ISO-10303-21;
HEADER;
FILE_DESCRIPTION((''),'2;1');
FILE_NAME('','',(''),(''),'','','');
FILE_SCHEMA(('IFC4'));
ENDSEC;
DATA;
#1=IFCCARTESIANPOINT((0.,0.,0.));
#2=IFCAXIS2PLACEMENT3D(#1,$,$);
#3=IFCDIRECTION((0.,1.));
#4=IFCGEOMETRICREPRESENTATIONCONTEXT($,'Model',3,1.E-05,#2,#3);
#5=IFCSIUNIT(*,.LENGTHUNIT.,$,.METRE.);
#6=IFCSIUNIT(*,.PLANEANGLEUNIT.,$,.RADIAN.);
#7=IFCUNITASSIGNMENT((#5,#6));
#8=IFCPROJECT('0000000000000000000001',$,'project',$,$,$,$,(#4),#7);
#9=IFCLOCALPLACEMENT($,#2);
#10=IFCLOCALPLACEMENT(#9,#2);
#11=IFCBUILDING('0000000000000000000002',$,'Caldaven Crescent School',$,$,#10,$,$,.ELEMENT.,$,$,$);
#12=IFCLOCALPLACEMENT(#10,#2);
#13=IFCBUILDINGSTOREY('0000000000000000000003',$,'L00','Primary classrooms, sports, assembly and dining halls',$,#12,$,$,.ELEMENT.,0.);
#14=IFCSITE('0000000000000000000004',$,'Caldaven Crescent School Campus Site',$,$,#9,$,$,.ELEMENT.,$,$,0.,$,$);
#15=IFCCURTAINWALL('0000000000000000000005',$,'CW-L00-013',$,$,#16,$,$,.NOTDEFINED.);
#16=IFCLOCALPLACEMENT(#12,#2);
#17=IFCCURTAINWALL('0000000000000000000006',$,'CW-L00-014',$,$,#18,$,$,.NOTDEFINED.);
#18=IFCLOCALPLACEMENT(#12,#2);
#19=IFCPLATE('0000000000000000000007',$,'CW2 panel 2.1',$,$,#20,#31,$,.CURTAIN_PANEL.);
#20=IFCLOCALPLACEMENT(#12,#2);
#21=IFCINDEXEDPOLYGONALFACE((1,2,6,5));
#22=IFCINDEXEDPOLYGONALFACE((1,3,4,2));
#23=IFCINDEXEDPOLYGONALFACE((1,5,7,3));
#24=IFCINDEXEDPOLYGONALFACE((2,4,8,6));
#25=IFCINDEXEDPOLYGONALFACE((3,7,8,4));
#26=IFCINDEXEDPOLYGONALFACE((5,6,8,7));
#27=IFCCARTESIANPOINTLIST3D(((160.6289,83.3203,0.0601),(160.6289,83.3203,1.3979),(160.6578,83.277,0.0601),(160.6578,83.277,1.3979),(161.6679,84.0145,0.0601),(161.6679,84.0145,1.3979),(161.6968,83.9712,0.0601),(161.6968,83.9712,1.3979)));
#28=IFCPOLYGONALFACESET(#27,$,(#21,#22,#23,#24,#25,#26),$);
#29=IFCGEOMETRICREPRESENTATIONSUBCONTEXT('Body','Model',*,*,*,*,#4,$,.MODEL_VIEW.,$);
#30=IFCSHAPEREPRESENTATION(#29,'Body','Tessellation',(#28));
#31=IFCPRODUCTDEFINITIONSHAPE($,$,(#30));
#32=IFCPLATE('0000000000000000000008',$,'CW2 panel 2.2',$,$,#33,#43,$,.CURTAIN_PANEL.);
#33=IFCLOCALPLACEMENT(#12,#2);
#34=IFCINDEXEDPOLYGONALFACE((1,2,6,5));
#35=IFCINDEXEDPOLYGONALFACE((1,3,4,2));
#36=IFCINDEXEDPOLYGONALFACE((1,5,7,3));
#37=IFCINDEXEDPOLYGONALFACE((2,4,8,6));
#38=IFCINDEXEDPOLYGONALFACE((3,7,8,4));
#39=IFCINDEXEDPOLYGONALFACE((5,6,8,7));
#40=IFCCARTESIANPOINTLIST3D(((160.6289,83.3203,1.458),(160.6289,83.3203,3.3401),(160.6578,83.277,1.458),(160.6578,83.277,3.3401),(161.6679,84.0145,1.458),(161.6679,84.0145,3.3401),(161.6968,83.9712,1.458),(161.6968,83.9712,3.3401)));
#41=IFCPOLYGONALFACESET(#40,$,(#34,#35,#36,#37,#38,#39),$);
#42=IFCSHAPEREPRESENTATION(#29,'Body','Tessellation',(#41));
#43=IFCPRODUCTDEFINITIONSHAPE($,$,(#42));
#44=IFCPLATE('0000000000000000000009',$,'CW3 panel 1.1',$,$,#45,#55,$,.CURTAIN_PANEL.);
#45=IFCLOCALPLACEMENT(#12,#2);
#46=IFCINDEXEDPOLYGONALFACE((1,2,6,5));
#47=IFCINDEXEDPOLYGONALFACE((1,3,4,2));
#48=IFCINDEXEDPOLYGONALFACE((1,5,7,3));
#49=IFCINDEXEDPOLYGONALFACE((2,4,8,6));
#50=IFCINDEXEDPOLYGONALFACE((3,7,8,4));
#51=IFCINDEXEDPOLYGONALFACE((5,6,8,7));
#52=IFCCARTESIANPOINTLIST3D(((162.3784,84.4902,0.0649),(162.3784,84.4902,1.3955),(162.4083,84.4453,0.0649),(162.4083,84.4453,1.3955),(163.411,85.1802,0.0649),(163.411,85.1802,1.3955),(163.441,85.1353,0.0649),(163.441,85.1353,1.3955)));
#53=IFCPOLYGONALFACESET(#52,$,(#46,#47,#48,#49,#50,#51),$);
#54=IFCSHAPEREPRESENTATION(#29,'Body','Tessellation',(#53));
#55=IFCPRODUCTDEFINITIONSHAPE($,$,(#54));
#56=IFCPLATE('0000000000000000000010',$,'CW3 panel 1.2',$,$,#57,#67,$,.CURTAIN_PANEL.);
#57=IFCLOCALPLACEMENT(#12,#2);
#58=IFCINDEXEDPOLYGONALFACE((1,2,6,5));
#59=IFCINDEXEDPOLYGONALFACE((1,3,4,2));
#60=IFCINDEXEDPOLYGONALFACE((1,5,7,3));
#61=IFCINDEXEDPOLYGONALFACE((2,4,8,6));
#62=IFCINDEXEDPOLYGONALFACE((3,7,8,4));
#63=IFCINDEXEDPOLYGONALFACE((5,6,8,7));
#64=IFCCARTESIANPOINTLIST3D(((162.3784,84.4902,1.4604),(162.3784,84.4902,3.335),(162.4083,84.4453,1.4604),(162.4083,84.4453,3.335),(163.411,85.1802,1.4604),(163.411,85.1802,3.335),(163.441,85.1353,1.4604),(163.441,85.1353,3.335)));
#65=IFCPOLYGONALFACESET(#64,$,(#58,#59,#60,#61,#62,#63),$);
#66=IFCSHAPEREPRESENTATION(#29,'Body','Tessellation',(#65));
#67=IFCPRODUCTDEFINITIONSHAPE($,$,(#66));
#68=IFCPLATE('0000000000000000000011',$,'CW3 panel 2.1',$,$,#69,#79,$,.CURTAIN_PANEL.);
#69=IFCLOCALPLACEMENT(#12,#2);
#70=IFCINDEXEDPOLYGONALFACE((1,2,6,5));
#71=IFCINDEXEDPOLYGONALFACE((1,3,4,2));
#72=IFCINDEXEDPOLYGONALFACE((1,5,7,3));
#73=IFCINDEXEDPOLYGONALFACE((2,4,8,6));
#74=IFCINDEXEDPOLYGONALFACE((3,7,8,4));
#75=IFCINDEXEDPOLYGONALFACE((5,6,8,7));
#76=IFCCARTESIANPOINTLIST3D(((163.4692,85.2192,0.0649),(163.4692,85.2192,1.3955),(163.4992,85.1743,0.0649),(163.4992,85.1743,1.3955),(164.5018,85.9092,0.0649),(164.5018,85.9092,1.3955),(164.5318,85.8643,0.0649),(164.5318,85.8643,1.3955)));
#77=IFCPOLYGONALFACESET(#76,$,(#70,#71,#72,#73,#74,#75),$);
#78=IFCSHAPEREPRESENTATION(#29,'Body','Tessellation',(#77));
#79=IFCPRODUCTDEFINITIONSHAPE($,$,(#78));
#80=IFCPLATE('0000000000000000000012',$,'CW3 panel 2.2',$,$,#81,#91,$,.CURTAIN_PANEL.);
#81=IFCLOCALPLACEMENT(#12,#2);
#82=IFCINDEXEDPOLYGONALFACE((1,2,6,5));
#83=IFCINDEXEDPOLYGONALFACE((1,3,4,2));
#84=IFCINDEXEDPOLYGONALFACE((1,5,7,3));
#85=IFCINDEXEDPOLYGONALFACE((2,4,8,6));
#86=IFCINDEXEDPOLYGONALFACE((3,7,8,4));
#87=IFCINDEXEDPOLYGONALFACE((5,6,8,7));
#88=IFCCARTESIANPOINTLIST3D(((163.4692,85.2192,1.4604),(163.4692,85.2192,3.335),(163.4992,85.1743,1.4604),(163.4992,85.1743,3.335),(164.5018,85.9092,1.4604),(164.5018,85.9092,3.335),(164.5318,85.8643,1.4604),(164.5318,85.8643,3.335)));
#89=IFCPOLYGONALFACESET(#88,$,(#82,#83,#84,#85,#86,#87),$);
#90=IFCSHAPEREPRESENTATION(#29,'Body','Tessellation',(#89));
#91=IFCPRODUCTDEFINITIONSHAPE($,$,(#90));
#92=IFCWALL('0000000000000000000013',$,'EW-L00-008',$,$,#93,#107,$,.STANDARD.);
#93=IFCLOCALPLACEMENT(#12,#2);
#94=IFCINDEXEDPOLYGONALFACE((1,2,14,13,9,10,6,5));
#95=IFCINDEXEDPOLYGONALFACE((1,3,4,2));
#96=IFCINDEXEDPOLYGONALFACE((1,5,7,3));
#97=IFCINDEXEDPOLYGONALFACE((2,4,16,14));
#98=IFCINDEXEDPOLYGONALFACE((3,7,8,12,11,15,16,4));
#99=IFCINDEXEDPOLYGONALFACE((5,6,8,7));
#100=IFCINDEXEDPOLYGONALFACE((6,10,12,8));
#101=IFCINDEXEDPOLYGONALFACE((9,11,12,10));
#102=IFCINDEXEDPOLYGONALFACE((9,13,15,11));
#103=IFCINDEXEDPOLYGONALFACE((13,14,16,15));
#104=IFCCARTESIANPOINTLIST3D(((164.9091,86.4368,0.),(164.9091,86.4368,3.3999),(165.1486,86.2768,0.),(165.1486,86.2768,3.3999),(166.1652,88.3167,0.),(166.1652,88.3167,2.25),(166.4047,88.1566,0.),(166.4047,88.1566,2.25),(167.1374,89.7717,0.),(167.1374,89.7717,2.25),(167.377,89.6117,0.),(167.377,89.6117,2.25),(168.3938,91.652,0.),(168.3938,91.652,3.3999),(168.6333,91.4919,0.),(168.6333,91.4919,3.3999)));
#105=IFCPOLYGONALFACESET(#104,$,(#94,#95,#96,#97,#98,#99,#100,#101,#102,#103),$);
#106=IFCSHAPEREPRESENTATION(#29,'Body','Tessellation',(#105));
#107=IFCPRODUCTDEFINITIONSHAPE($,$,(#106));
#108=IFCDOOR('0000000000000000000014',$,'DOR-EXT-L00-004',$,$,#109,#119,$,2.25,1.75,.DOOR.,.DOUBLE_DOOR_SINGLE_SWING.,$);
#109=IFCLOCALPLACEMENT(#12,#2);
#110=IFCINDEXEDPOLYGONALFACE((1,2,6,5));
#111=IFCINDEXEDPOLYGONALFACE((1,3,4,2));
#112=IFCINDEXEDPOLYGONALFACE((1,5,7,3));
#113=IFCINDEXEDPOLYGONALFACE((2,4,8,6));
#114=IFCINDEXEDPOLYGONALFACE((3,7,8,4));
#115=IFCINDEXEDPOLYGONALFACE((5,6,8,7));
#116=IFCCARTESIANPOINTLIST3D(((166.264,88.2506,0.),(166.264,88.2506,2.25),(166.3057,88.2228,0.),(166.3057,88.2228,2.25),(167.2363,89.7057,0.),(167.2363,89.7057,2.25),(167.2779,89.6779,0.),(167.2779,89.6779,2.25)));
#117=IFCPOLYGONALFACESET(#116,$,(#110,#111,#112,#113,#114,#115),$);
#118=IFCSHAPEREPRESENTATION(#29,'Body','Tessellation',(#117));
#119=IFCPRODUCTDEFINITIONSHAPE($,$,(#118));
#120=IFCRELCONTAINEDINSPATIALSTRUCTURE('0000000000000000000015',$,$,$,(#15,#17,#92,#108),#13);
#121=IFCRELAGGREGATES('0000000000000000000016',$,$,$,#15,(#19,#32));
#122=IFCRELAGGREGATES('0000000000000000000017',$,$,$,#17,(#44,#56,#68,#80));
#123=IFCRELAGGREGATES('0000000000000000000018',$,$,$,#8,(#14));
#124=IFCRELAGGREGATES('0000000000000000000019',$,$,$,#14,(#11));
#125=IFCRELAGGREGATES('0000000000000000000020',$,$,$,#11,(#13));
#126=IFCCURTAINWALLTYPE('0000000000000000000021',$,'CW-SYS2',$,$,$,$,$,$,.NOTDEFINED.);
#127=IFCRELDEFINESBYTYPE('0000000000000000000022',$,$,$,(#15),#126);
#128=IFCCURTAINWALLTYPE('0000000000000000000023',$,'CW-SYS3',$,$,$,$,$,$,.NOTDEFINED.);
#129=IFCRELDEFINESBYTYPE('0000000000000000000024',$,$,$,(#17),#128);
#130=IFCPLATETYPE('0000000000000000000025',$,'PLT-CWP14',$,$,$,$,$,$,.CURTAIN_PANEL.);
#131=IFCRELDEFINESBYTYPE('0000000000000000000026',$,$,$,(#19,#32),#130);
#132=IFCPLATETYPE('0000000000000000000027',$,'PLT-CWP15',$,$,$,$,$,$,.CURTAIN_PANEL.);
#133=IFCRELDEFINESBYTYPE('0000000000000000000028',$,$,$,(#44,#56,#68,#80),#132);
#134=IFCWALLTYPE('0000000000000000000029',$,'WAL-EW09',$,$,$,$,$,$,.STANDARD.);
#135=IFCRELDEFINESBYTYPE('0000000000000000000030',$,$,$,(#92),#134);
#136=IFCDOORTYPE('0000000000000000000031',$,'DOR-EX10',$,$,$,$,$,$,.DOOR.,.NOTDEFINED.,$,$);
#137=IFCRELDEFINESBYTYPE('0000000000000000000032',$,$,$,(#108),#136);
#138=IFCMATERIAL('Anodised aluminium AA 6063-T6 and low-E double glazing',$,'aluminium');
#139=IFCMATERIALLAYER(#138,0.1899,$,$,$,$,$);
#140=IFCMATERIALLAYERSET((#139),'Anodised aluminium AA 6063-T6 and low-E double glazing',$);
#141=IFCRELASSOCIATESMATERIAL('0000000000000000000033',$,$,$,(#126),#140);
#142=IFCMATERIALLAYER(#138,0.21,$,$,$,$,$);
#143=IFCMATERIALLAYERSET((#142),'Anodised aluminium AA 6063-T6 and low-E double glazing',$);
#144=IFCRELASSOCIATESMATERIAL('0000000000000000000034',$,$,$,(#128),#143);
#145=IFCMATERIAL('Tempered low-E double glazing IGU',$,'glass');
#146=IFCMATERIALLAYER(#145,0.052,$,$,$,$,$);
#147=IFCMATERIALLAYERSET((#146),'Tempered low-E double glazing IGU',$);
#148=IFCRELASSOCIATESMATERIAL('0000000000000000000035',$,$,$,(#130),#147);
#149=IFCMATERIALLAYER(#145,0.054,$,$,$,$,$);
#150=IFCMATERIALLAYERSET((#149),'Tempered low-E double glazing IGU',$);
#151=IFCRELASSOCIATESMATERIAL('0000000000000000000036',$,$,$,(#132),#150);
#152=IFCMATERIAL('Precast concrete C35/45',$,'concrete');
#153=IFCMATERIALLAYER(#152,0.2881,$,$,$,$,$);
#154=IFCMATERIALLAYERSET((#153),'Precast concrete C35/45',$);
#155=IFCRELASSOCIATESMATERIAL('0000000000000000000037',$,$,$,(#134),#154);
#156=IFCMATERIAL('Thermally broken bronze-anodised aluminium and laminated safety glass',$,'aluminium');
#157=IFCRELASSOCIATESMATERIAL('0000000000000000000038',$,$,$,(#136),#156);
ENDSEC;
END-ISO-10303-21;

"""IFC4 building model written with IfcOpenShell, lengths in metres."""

from ifc_helpers import new_model, si_unit, direction, frame, frame_2d, origin, origin_2d, place, context, subcontext, project, spatial, rectangle, extrude, material, layer, layer_set, type_object, element, fill, aggregate, save


model = new_model("IFC4")

# Units and contexts
model_context = context("Model", 3, precision=1e-05, world=origin(), true_north=direction((0.0, 1.0)))
body_context = subcontext(model_context, "Body", "Model", "MODEL_VIEW")
ifc_project = project(units=[si_unit("LENGTHUNIT", "METRE"), si_unit("PLANEANGLEUNIT", "RADIAN")], contexts=[model_context])

# Site, building, storey
site_placement = place(None, origin())
site = spatial("IfcSite", under=ifc_project, at=site_placement, Name="Caldaven Crescent School Campus Site", CompositionType="ELEMENT", RefElevation=0.0)
building_placement = place(site_placement, origin())
building = spatial("IfcBuilding", under=site, at=building_placement, Name="Caldaven Crescent School", CompositionType="ELEMENT")
storey_placement = place(building_placement, origin())
storey = spatial("IfcBuildingStorey", under=building, at=storey_placement, Name="L00", Description="Primary classrooms, sports, assembly and dining halls", CompositionType="ELEMENT", Elevation=0.0)

# Curtain walls
ifc_material_1 = material(Name="Anodised aluminium AA 6063-T6 and low-E double glazing", Category="aluminium")
ifc_layer_1 = layer(ifc_material_1, 0.1899)
ifc_layer_set_1 = layer_set([ifc_layer_1], Name="Anodised aluminium AA 6063-T6 and low-E double glazing")
curtain_wall_type_1 = type_object("IfcCurtainWallType", Name="CW-SYS2", PredefinedType="NOTDEFINED", material=ifc_layer_set_1)
curtain_wall_1_placement = place(storey_placement, origin())
curtain_wall_1 = element("IfcCurtainWall", 1, at=curtain_wall_1_placement, inside=storey, type_object=curtain_wall_type_1, Name="CW-L00-013", PredefinedType="NOTDEFINED")
ifc_layer_2 = layer(ifc_material_1, 0.21)
ifc_layer_set_2 = layer_set([ifc_layer_2], Name="Anodised aluminium AA 6063-T6 and low-E double glazing")
curtain_wall_type_2 = type_object("IfcCurtainWallType", Name="CW-SYS3", PredefinedType="NOTDEFINED", material=ifc_layer_set_2)
curtain_wall_2_placement = place(storey_placement, origin())
curtain_wall_2 = element("IfcCurtainWall", 2, at=curtain_wall_2_placement, inside=storey, type_object=curtain_wall_type_2, Name="CW-L00-014", PredefinedType="NOTDEFINED")

# Plates
ifc_material_2 = material(Name="Tempered low-E double glazing IGU", Category="glass")
ifc_layer_3 = layer(ifc_material_2, 0.052)
ifc_layer_set_3 = layer_set([ifc_layer_3], Name="Tempered low-E double glazing IGU")
plate_type_1 = type_object("IfcPlateType", Name="PLT-CWP14", PredefinedType="CURTAIN_PANEL", material=ifc_layer_set_3)
plate_1_placement = place(storey_placement, frame((161.1628, 83.6458, 0.0601), z_axis=(0.0, 0.0, 1.0), x_axis=(0.83147, 0.555569, 0.0)))
plate_1 = element("IfcPlate", 3, at=plate_1_placement, type_object=plate_type_1, Name="CW2 panel 2.1", PredefinedType="CURTAIN_PANEL", context=body_context, shape_type="SweptSolid", body=[
    extrude(rectangle(XDim=1.2495, YDim=0.052, at=origin_2d()), origin(), (0.0, 0.0, 1.0), 1.3379),
])
plate_2_placement = place(storey_placement, frame((161.1628, 83.6458, 1.458), z_axis=(0.0, 0.0, 1.0), x_axis=(0.83147, 0.555569, 0.0)))
plate_2 = element("IfcPlate", 4, at=plate_2_placement, type_object=plate_type_1, Name="CW2 panel 2.2", PredefinedType="CURTAIN_PANEL", context=body_context, shape_type="SweptSolid", body=[
    extrude(rectangle(XDim=1.2495, YDim=0.052, at=origin_2d()), origin(), (0.0, 0.0, 1.0), 1.8821),
])
aggregate(curtain_wall_1, [plate_1, plate_2])
ifc_layer_4 = layer(ifc_material_2, 0.054)
ifc_layer_set_4 = layer_set([ifc_layer_4], Name="Tempered low-E double glazing IGU")
plate_type_2 = type_object("IfcPlateType", Name="PLT-CWP15", PredefinedType="CURTAIN_PANEL", material=ifc_layer_set_4)
plate_3_placement = place(storey_placement, frame((162.9097, 84.8127, 0.0649), z_axis=(0.0, 0.0, 1.0), x_axis=(0.831469, 0.555572, 0.0)))
plate_3 = element("IfcPlate", 5, at=plate_3_placement, type_object=plate_type_2, Name="CW3 panel 1.1", PredefinedType="CURTAIN_PANEL", context=body_context, shape_type="SweptSolid", body=[
    extrude(rectangle(XDim=1.2419, YDim=0.054, at=origin_2d()), origin(), (0.0, 0.0, 1.0), 1.3306),
])
plate_4_placement = place(storey_placement, frame((162.9097, 84.8127, 1.4604), z_axis=(0.0, 0.0, 1.0), x_axis=(0.831469, 0.555572, 0.0)))
plate_4 = element("IfcPlate", 6, at=plate_4_placement, type_object=plate_type_2, Name="CW3 panel 1.2", PredefinedType="CURTAIN_PANEL", context=body_context, shape_type="SweptSolid", body=[
    extrude(rectangle(XDim=1.2419, YDim=0.054, at=origin_2d()), origin(), (0.0, 0.0, 1.0), 1.8745),
])
plate_5_placement = place(storey_placement, frame((164.0005, 85.5417, 0.0649), z_axis=(0.0, 0.0, 1.0), x_axis=(0.831469, 0.555572, 0.0)))
plate_5 = element("IfcPlate", 7, at=plate_5_placement, type_object=plate_type_2, Name="CW3 panel 2.1", PredefinedType="CURTAIN_PANEL", context=body_context, shape_type="SweptSolid", body=[
    extrude(rectangle(XDim=1.2419, YDim=0.054, at=origin_2d()), origin(), (0.0, 0.0, 1.0), 1.3306),
])
plate_6_placement = place(storey_placement, frame((164.0005, 85.5417, 1.4604), z_axis=(0.0, 0.0, 1.0), x_axis=(0.831469, 0.555572, 0.0)))
plate_6 = element("IfcPlate", 8, at=plate_6_placement, type_object=plate_type_2, Name="CW3 panel 2.2", PredefinedType="CURTAIN_PANEL", context=body_context, shape_type="SweptSolid", body=[
    extrude(rectangle(XDim=1.2419, YDim=0.054, at=origin_2d()), origin(), (0.0, 0.0, 1.0), 1.8745),
])
aggregate(curtain_wall_2, [plate_3, plate_4, plate_5, plate_6])

# Wall, opening, door
ifc_material_3 = material(Name="Precast concrete C35/45", Category="concrete")
ifc_layer_5 = layer(ifc_material_3, 0.2881)
ifc_layer_set_5 = layer_set([ifc_layer_5], Name="Precast concrete C35/45")
wall_type_1 = type_object("IfcWallType", Name="WAL-EW09", PredefinedType="STANDARD", material=ifc_layer_set_5)
wall_1_placement = place(storey_placement, frame((165.0288, 86.3567, 0.0), z_axis=(0.0, 0.0, 1.0), x_axis=(0.555571, 0.831469, 0.0)))
wall_1 = element("IfcWall", 9, at=wall_1_placement, inside=storey, type_object=wall_type_1, Name="EW-L00-008", PredefinedType="STANDARD", context=body_context, shape_type="SweptSolid", body=[
    extrude(rectangle(XDim=6.2722, YDim=0.2881, at=frame_2d((3.1362, 0.0))), origin(), (0.0, 0.0, 1.0), 3.3999),
])
opening_1_placement = place(wall_1_placement, frame((2.261, 0.0, 0.0)))
opening_1 = element("IfcOpeningElement", 10, at=opening_1_placement, cuts=wall_1, PredefinedType="OPENING", context=body_context, shape_type="SweptSolid", body=[
    extrude(rectangle(XDim=1.75, YDim=2.25, at=frame_2d((0.875, 1.125))), frame((0.0, 0.1541, 0.0), z_axis=(0.0, -1.0, 0.0), x_axis=(1.0, 0.0, 0.0)), (0.0, 0.0, 1.0), 0.3081),
])
ifc_material_4 = material(Name="Thermally broken bronze-anodised aluminium and laminated safety glass", Category="aluminium")
door_type_1 = type_object("IfcDoorType", Name="DOR-EX10", OperationType="NOTDEFINED", PredefinedType="DOOR", material=ifc_material_4)
door_1_placement = place(opening_1_placement, frame((1.75, 0.0, 0.0), z_axis=(0.0, 0.0, 1.0), x_axis=(-1.0, 0.0, 0.0)))
door_1 = element("IfcDoor", 11, at=door_1_placement, inside=storey, type_object=door_type_1, Name="DOR-EXT-L00-004", OperationType="DOUBLE_DOOR_SINGLE_SWING", OverallHeight=2.25, OverallWidth=1.75, PredefinedType="DOOR", context=body_context, shape_type="SweptSolid", body=[
    extrude(rectangle(XDim=1.75, YDim=2.25, at=frame_2d((0.875, 1.125))), frame((0.0, 0.0249, 0.0), z_axis=(0.0, -1.0, 0.0), x_axis=(1.0, 0.0, 0.0)), (0.0, 0.0, 1.0), 0.05),
])
fill(opening_1, door_1)

save(model, "model.ifc")
